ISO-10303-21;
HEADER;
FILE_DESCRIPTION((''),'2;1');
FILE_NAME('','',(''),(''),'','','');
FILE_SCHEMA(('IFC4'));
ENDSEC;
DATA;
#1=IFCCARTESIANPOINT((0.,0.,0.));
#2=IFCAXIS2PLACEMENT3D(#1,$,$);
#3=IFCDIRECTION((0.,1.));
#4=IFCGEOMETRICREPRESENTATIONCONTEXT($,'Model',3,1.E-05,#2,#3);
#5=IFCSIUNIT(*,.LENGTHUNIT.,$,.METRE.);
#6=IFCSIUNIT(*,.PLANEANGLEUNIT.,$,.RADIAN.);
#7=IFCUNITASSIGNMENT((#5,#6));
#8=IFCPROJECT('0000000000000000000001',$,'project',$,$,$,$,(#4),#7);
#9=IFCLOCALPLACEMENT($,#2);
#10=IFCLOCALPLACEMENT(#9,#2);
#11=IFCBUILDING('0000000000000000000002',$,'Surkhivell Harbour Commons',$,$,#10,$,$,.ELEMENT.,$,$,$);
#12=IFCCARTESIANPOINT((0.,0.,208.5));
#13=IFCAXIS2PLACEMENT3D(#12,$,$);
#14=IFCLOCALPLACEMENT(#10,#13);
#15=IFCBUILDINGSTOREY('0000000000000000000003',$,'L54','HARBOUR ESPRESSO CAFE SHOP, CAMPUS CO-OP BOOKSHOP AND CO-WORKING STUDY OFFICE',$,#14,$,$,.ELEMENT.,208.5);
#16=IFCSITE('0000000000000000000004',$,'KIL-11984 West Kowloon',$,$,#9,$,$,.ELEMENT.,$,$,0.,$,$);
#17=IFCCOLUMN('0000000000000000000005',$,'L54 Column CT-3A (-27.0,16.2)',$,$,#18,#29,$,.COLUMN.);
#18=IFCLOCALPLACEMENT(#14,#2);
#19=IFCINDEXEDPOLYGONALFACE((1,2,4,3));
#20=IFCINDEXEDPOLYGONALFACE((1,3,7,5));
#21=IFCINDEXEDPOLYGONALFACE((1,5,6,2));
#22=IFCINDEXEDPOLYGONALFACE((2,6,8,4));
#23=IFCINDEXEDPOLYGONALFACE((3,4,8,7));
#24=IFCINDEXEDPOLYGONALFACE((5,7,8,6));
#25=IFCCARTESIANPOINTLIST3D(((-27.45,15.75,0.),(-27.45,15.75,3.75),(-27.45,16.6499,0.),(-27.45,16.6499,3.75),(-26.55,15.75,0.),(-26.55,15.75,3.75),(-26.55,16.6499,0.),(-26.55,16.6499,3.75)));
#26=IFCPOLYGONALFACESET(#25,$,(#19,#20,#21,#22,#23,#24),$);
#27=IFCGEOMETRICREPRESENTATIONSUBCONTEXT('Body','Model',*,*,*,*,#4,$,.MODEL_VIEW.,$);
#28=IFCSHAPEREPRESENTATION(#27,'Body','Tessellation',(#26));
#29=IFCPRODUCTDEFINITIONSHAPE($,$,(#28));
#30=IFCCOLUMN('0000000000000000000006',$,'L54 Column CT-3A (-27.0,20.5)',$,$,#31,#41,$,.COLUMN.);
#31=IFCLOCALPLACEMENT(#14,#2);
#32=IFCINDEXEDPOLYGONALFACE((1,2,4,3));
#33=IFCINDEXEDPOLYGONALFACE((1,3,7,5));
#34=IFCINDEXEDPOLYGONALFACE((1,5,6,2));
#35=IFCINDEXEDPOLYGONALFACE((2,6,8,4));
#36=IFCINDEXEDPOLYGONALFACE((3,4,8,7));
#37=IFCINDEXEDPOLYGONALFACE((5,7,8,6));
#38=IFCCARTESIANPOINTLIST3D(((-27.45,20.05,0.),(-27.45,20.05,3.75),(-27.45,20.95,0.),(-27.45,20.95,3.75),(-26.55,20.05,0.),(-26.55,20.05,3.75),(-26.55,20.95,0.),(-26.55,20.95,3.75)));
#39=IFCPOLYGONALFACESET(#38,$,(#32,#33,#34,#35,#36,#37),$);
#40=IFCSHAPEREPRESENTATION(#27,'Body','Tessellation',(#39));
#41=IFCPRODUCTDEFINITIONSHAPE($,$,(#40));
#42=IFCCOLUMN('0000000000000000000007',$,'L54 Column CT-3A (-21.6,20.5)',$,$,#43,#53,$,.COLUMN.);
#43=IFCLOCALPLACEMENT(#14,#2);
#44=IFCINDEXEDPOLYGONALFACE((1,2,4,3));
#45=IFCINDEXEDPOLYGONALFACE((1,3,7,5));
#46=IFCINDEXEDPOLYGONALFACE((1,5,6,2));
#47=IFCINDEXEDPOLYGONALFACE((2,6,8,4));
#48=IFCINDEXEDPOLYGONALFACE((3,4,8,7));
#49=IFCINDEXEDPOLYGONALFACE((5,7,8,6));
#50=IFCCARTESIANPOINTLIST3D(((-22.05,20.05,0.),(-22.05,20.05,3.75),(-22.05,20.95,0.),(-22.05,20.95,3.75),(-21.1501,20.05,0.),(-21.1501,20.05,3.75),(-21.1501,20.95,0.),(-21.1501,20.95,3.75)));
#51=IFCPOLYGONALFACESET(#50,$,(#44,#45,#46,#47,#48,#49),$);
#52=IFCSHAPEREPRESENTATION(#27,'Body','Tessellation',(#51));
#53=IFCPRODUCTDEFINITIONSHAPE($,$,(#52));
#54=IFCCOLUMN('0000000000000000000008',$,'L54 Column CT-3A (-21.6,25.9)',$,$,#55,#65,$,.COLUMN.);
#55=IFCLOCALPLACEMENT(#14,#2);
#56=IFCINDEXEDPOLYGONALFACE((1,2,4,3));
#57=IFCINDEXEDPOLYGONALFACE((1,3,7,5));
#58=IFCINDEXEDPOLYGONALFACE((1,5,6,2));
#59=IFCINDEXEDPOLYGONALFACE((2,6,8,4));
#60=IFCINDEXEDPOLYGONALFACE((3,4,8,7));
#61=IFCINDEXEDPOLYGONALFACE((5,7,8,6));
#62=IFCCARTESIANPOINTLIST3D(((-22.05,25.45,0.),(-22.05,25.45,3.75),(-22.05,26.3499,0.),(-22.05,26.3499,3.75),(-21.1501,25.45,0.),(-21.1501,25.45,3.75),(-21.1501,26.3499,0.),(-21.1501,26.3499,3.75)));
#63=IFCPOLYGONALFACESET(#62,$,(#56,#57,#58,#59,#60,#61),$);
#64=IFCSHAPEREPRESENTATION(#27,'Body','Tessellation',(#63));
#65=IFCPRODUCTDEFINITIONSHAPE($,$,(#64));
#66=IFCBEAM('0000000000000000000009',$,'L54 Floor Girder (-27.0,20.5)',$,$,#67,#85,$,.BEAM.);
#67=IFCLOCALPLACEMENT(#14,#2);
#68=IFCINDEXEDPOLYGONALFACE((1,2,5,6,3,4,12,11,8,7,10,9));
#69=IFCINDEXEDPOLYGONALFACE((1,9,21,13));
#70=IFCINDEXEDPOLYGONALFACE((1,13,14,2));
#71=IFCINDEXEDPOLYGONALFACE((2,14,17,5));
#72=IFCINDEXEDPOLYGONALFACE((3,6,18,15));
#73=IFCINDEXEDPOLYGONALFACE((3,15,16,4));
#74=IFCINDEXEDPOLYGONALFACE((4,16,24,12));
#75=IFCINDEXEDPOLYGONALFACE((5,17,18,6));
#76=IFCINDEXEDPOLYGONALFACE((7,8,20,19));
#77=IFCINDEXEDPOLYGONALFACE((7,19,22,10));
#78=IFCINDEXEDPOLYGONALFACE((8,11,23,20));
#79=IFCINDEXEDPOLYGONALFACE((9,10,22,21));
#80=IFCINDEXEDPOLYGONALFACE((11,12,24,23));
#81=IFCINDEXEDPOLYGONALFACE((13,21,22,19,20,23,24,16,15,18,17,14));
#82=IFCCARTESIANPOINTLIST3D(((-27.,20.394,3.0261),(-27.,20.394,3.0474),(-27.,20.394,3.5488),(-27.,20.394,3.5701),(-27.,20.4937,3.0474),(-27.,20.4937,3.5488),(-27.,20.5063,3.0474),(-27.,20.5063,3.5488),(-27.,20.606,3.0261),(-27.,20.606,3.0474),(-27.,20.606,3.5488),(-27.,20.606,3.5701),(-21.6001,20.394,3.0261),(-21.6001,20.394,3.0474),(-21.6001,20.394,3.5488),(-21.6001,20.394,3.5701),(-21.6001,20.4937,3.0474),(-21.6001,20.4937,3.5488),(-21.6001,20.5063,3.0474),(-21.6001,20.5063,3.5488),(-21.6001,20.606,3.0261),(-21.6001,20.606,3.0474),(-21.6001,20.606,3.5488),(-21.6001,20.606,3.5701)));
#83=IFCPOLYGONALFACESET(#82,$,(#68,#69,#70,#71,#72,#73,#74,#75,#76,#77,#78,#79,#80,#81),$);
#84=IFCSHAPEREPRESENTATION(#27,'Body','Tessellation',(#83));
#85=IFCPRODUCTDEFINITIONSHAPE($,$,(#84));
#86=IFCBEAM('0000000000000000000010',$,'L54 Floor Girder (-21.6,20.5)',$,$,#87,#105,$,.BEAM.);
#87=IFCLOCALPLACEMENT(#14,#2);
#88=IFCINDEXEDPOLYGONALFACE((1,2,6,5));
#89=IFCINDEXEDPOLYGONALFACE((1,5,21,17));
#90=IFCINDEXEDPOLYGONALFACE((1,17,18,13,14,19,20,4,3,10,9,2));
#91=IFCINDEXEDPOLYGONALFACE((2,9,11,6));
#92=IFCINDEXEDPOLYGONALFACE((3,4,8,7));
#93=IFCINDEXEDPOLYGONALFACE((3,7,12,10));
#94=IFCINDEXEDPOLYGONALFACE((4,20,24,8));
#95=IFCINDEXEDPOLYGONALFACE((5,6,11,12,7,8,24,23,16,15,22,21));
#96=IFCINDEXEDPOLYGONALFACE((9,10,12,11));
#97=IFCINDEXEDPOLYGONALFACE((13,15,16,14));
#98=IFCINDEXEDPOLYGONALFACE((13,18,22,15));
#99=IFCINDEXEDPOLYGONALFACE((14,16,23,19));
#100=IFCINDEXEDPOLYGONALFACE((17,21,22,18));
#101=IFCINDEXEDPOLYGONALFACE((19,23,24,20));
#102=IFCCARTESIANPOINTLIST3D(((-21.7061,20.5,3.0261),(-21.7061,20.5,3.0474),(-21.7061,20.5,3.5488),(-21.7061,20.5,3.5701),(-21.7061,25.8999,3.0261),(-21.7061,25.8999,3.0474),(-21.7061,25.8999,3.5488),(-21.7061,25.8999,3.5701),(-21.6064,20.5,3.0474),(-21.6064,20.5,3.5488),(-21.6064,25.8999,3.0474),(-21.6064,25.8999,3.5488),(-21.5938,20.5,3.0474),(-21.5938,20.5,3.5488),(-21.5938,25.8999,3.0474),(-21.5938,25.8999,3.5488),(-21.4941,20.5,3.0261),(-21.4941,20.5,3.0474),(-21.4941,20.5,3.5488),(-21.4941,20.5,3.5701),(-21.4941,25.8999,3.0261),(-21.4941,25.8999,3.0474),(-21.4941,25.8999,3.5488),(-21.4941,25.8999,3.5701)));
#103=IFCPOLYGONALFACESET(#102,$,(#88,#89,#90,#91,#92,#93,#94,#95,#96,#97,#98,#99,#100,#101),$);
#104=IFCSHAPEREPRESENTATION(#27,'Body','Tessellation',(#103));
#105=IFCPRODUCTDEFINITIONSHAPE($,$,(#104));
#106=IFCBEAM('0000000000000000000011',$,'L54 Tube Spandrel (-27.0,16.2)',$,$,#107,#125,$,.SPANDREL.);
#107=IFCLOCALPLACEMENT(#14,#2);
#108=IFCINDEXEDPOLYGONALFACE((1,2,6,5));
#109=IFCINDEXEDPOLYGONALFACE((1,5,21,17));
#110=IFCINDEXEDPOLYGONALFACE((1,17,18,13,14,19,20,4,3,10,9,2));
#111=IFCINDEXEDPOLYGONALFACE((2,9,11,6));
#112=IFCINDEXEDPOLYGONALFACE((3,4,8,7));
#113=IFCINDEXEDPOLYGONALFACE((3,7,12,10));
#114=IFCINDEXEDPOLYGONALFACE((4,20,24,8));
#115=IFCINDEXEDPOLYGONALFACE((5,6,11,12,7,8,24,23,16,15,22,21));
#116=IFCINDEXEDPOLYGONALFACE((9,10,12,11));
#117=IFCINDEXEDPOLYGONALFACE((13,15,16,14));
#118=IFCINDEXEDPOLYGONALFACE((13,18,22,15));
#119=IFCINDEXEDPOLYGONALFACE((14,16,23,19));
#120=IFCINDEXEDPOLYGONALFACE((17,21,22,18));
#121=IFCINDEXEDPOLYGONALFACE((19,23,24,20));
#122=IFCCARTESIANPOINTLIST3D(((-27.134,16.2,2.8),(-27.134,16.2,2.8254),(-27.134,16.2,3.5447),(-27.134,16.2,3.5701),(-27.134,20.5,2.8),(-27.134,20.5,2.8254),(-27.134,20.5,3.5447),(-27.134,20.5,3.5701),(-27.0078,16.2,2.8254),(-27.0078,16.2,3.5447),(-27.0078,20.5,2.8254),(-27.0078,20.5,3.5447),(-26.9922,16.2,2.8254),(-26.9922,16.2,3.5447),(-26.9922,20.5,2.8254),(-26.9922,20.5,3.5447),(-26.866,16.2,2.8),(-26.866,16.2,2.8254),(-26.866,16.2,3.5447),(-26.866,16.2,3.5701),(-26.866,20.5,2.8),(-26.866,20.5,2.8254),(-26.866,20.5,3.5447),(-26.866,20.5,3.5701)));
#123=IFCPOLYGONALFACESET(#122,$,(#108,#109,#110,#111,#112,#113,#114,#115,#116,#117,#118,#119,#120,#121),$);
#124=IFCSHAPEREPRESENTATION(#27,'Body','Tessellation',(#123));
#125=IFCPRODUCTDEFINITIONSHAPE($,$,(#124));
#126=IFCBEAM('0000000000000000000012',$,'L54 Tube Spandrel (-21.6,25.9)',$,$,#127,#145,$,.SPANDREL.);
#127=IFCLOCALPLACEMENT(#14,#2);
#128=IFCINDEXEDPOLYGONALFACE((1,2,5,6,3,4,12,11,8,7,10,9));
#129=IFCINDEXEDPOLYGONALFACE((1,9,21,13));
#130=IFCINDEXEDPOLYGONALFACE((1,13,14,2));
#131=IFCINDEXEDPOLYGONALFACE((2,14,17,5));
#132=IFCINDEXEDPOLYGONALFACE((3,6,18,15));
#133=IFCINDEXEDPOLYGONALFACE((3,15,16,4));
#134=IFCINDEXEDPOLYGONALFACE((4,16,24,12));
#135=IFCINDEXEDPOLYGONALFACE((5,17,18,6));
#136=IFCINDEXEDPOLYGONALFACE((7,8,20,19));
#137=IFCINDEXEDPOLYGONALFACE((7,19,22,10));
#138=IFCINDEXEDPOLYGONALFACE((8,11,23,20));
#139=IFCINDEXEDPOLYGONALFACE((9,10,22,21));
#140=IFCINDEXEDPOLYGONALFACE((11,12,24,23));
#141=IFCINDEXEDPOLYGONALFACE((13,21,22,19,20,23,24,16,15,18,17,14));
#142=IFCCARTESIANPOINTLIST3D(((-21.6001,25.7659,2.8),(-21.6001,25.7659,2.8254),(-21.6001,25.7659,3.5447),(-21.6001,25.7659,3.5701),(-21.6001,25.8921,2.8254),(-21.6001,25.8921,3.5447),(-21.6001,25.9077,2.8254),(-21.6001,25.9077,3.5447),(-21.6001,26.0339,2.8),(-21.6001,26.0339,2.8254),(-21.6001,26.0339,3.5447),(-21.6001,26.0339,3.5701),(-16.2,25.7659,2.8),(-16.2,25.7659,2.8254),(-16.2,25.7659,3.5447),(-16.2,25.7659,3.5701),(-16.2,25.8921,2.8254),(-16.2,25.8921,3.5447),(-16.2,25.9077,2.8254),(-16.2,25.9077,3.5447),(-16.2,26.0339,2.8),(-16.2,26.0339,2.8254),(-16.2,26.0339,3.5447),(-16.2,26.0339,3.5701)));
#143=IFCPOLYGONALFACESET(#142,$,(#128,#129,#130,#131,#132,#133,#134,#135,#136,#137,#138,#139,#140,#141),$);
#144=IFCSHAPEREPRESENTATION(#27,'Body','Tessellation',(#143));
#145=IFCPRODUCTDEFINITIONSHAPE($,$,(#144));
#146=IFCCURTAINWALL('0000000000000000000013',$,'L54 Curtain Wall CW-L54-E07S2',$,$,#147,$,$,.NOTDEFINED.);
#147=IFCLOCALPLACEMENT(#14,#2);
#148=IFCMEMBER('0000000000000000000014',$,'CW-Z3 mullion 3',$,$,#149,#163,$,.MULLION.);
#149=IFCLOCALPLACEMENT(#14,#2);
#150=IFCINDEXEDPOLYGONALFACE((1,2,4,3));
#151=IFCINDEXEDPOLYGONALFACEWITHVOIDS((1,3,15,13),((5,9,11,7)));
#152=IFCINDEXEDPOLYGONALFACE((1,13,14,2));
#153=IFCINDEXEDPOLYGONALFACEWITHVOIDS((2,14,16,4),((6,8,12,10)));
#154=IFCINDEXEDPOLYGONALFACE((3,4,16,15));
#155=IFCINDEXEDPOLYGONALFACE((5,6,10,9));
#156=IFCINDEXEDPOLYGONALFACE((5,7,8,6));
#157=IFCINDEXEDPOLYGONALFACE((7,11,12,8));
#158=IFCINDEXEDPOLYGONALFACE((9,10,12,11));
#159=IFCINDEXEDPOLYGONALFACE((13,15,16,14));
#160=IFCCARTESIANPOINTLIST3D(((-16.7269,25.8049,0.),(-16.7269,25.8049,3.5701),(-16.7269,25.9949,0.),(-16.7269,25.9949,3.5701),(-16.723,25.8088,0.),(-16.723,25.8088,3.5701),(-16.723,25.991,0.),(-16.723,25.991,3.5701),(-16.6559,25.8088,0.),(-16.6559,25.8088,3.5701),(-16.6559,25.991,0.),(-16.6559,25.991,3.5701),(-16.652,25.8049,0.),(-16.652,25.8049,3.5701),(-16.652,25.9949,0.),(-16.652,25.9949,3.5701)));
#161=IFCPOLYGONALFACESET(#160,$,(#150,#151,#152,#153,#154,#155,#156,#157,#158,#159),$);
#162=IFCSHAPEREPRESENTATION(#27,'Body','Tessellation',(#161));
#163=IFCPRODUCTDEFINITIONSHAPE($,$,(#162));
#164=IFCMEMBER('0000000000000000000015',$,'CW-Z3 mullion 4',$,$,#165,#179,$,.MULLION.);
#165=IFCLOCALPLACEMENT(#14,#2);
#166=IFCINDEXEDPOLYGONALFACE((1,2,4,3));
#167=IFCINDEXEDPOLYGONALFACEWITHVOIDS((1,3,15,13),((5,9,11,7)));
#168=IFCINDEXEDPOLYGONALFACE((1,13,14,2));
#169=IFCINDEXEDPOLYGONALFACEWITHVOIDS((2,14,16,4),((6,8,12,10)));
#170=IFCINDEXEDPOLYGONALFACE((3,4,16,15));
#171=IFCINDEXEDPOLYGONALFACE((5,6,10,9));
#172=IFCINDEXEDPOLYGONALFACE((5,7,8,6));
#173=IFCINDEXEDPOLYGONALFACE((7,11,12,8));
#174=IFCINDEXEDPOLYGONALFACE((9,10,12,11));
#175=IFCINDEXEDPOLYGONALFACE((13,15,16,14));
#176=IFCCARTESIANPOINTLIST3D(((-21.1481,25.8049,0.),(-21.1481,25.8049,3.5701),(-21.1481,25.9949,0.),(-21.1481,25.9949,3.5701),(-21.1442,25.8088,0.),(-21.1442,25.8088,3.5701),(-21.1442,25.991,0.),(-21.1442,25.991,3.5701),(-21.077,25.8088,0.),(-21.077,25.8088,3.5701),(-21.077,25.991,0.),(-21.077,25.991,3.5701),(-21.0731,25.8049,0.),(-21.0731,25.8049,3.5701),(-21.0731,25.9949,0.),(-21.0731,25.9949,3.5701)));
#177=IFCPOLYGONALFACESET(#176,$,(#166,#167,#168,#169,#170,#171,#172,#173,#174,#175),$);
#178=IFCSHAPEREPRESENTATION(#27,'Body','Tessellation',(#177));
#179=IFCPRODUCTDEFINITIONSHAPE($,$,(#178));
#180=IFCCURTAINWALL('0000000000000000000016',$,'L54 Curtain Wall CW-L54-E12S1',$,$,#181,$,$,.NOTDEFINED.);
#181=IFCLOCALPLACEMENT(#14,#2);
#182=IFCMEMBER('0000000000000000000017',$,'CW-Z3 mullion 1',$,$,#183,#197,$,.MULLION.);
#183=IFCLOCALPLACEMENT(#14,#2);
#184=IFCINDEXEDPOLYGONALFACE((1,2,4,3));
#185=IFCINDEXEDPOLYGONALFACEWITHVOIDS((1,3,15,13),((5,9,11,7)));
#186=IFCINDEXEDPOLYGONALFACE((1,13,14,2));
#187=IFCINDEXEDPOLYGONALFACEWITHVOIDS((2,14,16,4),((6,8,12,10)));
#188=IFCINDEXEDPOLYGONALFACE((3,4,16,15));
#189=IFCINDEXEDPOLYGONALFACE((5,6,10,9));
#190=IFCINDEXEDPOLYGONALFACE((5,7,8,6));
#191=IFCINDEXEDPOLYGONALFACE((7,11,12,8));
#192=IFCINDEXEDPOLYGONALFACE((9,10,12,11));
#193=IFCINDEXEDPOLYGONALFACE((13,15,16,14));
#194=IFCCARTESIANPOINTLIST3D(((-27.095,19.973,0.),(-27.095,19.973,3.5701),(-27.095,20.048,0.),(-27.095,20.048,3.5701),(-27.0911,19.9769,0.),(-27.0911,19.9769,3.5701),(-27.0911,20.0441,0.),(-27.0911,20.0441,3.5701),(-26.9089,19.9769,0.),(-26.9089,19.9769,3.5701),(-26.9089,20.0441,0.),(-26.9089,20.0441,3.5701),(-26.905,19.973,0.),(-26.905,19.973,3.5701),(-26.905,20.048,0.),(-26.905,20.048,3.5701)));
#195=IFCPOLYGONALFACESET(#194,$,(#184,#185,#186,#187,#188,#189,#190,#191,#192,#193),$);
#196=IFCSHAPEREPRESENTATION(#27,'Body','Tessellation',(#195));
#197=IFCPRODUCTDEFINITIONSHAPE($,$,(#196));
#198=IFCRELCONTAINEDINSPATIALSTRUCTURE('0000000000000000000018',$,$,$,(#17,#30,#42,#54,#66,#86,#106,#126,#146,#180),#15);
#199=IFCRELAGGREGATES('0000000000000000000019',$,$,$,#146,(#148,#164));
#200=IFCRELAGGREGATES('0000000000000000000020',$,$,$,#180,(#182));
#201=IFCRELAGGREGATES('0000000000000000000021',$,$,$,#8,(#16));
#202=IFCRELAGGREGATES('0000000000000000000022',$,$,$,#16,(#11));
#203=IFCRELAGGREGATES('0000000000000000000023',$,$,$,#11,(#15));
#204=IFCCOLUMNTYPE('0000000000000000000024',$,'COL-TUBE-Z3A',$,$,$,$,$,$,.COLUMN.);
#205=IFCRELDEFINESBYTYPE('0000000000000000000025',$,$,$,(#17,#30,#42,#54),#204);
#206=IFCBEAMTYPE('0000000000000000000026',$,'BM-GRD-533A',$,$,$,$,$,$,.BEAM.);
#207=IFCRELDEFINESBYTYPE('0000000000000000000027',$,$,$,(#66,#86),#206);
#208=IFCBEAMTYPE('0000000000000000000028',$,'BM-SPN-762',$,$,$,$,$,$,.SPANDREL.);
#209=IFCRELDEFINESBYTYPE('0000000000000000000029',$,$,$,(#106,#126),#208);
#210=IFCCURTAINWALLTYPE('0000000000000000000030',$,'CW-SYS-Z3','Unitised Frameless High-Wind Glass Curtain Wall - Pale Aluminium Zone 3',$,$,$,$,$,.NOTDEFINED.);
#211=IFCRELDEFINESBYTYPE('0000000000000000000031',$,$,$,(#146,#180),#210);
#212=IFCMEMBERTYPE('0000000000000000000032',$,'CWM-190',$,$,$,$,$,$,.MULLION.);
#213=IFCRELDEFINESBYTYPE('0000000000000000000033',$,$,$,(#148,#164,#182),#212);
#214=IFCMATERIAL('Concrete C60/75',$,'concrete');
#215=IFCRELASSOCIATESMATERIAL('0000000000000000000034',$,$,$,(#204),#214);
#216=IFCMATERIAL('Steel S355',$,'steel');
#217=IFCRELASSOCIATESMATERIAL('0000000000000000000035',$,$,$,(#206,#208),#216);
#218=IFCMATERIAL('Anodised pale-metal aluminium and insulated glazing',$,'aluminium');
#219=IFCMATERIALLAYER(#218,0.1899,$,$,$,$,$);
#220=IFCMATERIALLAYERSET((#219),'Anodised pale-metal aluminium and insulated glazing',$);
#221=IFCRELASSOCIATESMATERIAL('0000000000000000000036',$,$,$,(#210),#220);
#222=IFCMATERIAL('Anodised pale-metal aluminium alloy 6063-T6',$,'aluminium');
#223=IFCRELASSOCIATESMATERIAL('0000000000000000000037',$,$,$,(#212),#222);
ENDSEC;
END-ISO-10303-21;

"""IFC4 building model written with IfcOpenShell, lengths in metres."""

from ifc_helpers import new_model, si_unit, direction, frame, origin, origin_2d, place, context, subcontext, project, spatial, rectangle, hollow_rectangle, i_section, extrude, material, layer, layer_set, material_profile, profile_set, type_object, element, aggregate, save


model = new_model("IFC4")

# Units and contexts
model_context = context("Model", 3, precision=1e-05, world=origin(), true_north=direction((0.0, 1.0)))
body_context = subcontext(model_context, "Body", "Model", "MODEL_VIEW")
ifc_project = project(units=[si_unit("LENGTHUNIT", "METRE"), si_unit("PLANEANGLEUNIT", "RADIAN")], contexts=[model_context])

# Site, building, storey
site_placement = place(None, origin())
site = spatial("IfcSite", under=ifc_project, at=site_placement, Name="KIL-11984 West Kowloon", CompositionType="ELEMENT", RefElevation=0.0)
building_placement = place(site_placement, origin())
building = spatial("IfcBuilding", under=site, at=building_placement, Name="Surkhivell Harbour Commons", CompositionType="ELEMENT")
storey_placement = place(building_placement, frame((0.0, 0.0, 208.5)))
storey = spatial("IfcBuildingStorey", under=building, at=storey_placement, Name="L54", Description="HARBOUR ESPRESSO CAFE SHOP, CAMPUS CO-OP BOOKSHOP AND CO-WORKING STUDY OFFICE", CompositionType="ELEMENT", Elevation=208.5)

# Columns
ifc_material_1 = material(Name="Concrete C60/75", Category="concrete")
ifc_material_profile_1 = material_profile(ifc_material_1, rectangle(XDim=0.8999, YDim=0.8999, at=origin_2d()), Name="RC-COL-900x900")
ifc_profile_set_1 = profile_set([ifc_material_profile_1], Name="Concrete C60/75")
column_type = type_object("IfcColumnType", Name="COL-TUBE-Z3A", PredefinedType="COLUMN", material=ifc_profile_set_1)
for number, where, z_axis, x_axis, name in (
    (1, (-27.0, 16.2, 0.0), (0.0, 0.0, 1.0), (1.0, 0.0, 0.0), "L54 Column CT-3A (-27.0,16.2)"),
    (2, (-27.0, 20.5, 0.0), (0.0, 0.0, 1.0), (1.0, 0.0, 0.0), "L54 Column CT-3A (-27.0,20.5)"),
    (3, (-21.6001, 20.5, 0.0), (0.0, 0.0, 1.0), (1.0, 0.0, 0.0), "L54 Column CT-3A (-21.6,20.5)"),
    (4, (-21.6001, 25.8999, 0.0), (0.0, 0.0, 1.0), (1.0, 0.0, 0.0), "L54 Column CT-3A (-21.6,25.9)"),
):
    element("IfcColumn", number, at=place(storey_placement, frame(where, z_axis=z_axis, x_axis=x_axis)), inside=storey, type_object=column_type, Name=name, PredefinedType="COLUMN", context=body_context, shape_type="SweptSolid", body=[
        extrude(rectangle(XDim=0.8999, YDim=0.8999, at=origin_2d()), origin(), (0.0, 0.0, 1.0), 3.75),
    ])

# Beams
ifc_material_2 = material(Name="Steel S355", Category="steel")
ifc_material_profile_2 = material_profile(ifc_material_2, i_section(OverallWidth=0.2119, OverallDepth=0.5439, WebThickness=0.0127, FlangeThickness=0.0212, at=origin_2d()), Name="UB533x210x122")
ifc_profile_set_2 = profile_set([ifc_material_profile_2], Name="Steel S355")
beam_type_1 = type_object("IfcBeamType", Name="BM-GRD-533A", PredefinedType="BEAM", material=ifc_profile_set_2)
for number, where, z_axis, x_axis, name in (
    (5, (-27.0, 20.5, 3.2981), (1.0, 0.0, 0.0), (0.0, 1.0, 0.0), "L54 Floor Girder (-27.0,20.5)"),
    (6, (-21.6001, 20.5, 3.2981), (0.0, 1.0, 0.0), (-1.0, 0.0, 0.0), "L54 Floor Girder (-21.6,20.5)"),
):
    element("IfcBeam", number, at=place(storey_placement, frame(where, z_axis=z_axis, x_axis=x_axis)), inside=storey, type_object=beam_type_1, Name=name, PredefinedType="BEAM", context=body_context, shape_type="SweptSolid", body=[
        extrude(i_section(OverallWidth=0.2119, OverallDepth=0.5439, WebThickness=0.0127, FlangeThickness=0.0212, at=origin_2d()), origin(), (0.0, 0.0, 1.0), 5.3999),
    ])
ifc_material_profile_3 = material_profile(ifc_material_2, i_section(OverallWidth=0.2681, OverallDepth=0.77, WebThickness=0.0156, FlangeThickness=0.0254, at=origin_2d()), Name="UB762x267x197")
ifc_profile_set_3 = profile_set([ifc_material_profile_3], Name="Steel S355")
beam_type_2 = type_object("IfcBeamType", Name="BM-SPN-762", PredefinedType="SPANDREL", material=ifc_profile_set_3)
beam_1_placement = place(storey_placement, frame((-27.0, 16.2, 3.1851), z_axis=(0.0, 1.0, 0.0), x_axis=(-1.0, 0.0, 0.0)))
element("IfcBeam", 7, at=beam_1_placement, inside=storey, type_object=beam_type_2, Name="L54 Tube Spandrel (-27.0,16.2)", PredefinedType="SPANDREL", context=body_context, shape_type="SweptSolid", body=[
    extrude(i_section(OverallWidth=0.2681, OverallDepth=0.77, WebThickness=0.0156, FlangeThickness=0.0254, at=origin_2d()), origin(), (0.0, 0.0, 1.0), 4.3),
])
beam_2_placement = place(storey_placement, frame((-21.6001, 25.8999, 3.1851), z_axis=(1.0, 0.0, 0.0), x_axis=(0.0, 1.0, 0.0)))
element("IfcBeam", 8, at=beam_2_placement, inside=storey, type_object=beam_type_2, Name="L54 Tube Spandrel (-21.6,25.9)", PredefinedType="SPANDREL", context=body_context, shape_type="SweptSolid", body=[
    extrude(i_section(OverallWidth=0.2681, OverallDepth=0.77, WebThickness=0.0156, FlangeThickness=0.0254, at=origin_2d()), origin(), (0.0, 0.0, 1.0), 5.4001),
])

# Curtain walls, members
ifc_material_3 = material(Name="Anodised pale-metal aluminium and insulated glazing", Category="aluminium")
ifc_layer_1 = layer(ifc_material_3, 0.1899)
ifc_layer_set_1 = layer_set([ifc_layer_1], Name="Anodised pale-metal aluminium and insulated glazing")
curtain_wall_type = type_object("IfcCurtainWallType", Name="CW-SYS-Z3", Description="Unitised Frameless High-Wind Glass Curtain Wall - Pale Aluminium Zone 3", PredefinedType="NOTDEFINED", material=ifc_layer_set_1)
curtain_wall_1_placement = place(storey_placement, origin())
curtain_wall_1 = element("IfcCurtainWall", 9, at=curtain_wall_1_placement, inside=storey, type_object=curtain_wall_type, Name="L54 Curtain Wall CW-L54-E07S2", PredefinedType="NOTDEFINED")
ifc_material_4 = material(Name="Anodised pale-metal aluminium alloy 6063-T6", Category="aluminium")
ifc_material_profile_4 = material_profile(ifc_material_4, hollow_rectangle(XDim=0.075, YDim=0.1899, WallThickness=0.0039, at=origin_2d()), Name="ALU-MULL-75x190")
ifc_profile_set_4 = profile_set([ifc_material_profile_4], Name="Anodised pale-metal aluminium alloy 6063-T6")
member_type_1 = type_object("IfcMemberType", Name="CWM-190", PredefinedType="MULLION", material=ifc_profile_set_4)
member_1_placement = place(storey_placement, frame((-16.6895, 25.8999, 0.0), z_axis=(0.0, 0.0, 1.0), x_axis=(-1.0, 0.0, 0.0)))
member_1 = element("IfcMember", 10, at=member_1_placement, type_object=member_type_1, Name="CW-Z3 mullion 3", PredefinedType="MULLION", context=body_context, shape_type="SweptSolid", body=[
    extrude(hollow_rectangle(XDim=0.075, YDim=0.1899, WallThickness=0.0039, at=origin_2d()), origin(), (0.0, 0.0, 1.0), 3.5701),
])
member_2_placement = place(storey_placement, frame((-21.1106, 25.8999, 0.0), z_axis=(0.0, 0.0, 1.0), x_axis=(-1.0, 0.0, 0.0)))
member_2 = element("IfcMember", 11, at=member_2_placement, type_object=member_type_1, Name="CW-Z3 mullion 4", PredefinedType="MULLION", context=body_context, shape_type="SweptSolid", body=[
    extrude(hollow_rectangle(XDim=0.075, YDim=0.1899, WallThickness=0.0039, at=origin_2d()), origin(), (0.0, 0.0, 1.0), 3.5701),
])
curtain_wall_2_placement = place(storey_placement, origin())
curtain_wall_2 = element("IfcCurtainWall", 12, at=curtain_wall_2_placement, inside=storey, type_object=curtain_wall_type, Name="L54 Curtain Wall CW-L54-E12S1", PredefinedType="NOTDEFINED")
member_3_placement = place(storey_placement, frame((-27.0, 20.0105, 0.0), z_axis=(0.0, 0.0, 1.0), x_axis=(0.0, -1.0, 0.0)))
member_3 = element("IfcMember", 13, at=member_3_placement, type_object=member_type_1, Name="CW-Z3 mullion 1", PredefinedType="MULLION", context=body_context, shape_type="SweptSolid", body=[
    extrude(hollow_rectangle(XDim=0.075, YDim=0.1899, WallThickness=0.0039, at=origin_2d()), origin(), (0.0, 0.0, 1.0), 3.5701),
])

aggregate(curtain_wall_1, [member_1, member_2])
aggregate(curtain_wall_2, [member_3])

save(model, "model.ifc")
